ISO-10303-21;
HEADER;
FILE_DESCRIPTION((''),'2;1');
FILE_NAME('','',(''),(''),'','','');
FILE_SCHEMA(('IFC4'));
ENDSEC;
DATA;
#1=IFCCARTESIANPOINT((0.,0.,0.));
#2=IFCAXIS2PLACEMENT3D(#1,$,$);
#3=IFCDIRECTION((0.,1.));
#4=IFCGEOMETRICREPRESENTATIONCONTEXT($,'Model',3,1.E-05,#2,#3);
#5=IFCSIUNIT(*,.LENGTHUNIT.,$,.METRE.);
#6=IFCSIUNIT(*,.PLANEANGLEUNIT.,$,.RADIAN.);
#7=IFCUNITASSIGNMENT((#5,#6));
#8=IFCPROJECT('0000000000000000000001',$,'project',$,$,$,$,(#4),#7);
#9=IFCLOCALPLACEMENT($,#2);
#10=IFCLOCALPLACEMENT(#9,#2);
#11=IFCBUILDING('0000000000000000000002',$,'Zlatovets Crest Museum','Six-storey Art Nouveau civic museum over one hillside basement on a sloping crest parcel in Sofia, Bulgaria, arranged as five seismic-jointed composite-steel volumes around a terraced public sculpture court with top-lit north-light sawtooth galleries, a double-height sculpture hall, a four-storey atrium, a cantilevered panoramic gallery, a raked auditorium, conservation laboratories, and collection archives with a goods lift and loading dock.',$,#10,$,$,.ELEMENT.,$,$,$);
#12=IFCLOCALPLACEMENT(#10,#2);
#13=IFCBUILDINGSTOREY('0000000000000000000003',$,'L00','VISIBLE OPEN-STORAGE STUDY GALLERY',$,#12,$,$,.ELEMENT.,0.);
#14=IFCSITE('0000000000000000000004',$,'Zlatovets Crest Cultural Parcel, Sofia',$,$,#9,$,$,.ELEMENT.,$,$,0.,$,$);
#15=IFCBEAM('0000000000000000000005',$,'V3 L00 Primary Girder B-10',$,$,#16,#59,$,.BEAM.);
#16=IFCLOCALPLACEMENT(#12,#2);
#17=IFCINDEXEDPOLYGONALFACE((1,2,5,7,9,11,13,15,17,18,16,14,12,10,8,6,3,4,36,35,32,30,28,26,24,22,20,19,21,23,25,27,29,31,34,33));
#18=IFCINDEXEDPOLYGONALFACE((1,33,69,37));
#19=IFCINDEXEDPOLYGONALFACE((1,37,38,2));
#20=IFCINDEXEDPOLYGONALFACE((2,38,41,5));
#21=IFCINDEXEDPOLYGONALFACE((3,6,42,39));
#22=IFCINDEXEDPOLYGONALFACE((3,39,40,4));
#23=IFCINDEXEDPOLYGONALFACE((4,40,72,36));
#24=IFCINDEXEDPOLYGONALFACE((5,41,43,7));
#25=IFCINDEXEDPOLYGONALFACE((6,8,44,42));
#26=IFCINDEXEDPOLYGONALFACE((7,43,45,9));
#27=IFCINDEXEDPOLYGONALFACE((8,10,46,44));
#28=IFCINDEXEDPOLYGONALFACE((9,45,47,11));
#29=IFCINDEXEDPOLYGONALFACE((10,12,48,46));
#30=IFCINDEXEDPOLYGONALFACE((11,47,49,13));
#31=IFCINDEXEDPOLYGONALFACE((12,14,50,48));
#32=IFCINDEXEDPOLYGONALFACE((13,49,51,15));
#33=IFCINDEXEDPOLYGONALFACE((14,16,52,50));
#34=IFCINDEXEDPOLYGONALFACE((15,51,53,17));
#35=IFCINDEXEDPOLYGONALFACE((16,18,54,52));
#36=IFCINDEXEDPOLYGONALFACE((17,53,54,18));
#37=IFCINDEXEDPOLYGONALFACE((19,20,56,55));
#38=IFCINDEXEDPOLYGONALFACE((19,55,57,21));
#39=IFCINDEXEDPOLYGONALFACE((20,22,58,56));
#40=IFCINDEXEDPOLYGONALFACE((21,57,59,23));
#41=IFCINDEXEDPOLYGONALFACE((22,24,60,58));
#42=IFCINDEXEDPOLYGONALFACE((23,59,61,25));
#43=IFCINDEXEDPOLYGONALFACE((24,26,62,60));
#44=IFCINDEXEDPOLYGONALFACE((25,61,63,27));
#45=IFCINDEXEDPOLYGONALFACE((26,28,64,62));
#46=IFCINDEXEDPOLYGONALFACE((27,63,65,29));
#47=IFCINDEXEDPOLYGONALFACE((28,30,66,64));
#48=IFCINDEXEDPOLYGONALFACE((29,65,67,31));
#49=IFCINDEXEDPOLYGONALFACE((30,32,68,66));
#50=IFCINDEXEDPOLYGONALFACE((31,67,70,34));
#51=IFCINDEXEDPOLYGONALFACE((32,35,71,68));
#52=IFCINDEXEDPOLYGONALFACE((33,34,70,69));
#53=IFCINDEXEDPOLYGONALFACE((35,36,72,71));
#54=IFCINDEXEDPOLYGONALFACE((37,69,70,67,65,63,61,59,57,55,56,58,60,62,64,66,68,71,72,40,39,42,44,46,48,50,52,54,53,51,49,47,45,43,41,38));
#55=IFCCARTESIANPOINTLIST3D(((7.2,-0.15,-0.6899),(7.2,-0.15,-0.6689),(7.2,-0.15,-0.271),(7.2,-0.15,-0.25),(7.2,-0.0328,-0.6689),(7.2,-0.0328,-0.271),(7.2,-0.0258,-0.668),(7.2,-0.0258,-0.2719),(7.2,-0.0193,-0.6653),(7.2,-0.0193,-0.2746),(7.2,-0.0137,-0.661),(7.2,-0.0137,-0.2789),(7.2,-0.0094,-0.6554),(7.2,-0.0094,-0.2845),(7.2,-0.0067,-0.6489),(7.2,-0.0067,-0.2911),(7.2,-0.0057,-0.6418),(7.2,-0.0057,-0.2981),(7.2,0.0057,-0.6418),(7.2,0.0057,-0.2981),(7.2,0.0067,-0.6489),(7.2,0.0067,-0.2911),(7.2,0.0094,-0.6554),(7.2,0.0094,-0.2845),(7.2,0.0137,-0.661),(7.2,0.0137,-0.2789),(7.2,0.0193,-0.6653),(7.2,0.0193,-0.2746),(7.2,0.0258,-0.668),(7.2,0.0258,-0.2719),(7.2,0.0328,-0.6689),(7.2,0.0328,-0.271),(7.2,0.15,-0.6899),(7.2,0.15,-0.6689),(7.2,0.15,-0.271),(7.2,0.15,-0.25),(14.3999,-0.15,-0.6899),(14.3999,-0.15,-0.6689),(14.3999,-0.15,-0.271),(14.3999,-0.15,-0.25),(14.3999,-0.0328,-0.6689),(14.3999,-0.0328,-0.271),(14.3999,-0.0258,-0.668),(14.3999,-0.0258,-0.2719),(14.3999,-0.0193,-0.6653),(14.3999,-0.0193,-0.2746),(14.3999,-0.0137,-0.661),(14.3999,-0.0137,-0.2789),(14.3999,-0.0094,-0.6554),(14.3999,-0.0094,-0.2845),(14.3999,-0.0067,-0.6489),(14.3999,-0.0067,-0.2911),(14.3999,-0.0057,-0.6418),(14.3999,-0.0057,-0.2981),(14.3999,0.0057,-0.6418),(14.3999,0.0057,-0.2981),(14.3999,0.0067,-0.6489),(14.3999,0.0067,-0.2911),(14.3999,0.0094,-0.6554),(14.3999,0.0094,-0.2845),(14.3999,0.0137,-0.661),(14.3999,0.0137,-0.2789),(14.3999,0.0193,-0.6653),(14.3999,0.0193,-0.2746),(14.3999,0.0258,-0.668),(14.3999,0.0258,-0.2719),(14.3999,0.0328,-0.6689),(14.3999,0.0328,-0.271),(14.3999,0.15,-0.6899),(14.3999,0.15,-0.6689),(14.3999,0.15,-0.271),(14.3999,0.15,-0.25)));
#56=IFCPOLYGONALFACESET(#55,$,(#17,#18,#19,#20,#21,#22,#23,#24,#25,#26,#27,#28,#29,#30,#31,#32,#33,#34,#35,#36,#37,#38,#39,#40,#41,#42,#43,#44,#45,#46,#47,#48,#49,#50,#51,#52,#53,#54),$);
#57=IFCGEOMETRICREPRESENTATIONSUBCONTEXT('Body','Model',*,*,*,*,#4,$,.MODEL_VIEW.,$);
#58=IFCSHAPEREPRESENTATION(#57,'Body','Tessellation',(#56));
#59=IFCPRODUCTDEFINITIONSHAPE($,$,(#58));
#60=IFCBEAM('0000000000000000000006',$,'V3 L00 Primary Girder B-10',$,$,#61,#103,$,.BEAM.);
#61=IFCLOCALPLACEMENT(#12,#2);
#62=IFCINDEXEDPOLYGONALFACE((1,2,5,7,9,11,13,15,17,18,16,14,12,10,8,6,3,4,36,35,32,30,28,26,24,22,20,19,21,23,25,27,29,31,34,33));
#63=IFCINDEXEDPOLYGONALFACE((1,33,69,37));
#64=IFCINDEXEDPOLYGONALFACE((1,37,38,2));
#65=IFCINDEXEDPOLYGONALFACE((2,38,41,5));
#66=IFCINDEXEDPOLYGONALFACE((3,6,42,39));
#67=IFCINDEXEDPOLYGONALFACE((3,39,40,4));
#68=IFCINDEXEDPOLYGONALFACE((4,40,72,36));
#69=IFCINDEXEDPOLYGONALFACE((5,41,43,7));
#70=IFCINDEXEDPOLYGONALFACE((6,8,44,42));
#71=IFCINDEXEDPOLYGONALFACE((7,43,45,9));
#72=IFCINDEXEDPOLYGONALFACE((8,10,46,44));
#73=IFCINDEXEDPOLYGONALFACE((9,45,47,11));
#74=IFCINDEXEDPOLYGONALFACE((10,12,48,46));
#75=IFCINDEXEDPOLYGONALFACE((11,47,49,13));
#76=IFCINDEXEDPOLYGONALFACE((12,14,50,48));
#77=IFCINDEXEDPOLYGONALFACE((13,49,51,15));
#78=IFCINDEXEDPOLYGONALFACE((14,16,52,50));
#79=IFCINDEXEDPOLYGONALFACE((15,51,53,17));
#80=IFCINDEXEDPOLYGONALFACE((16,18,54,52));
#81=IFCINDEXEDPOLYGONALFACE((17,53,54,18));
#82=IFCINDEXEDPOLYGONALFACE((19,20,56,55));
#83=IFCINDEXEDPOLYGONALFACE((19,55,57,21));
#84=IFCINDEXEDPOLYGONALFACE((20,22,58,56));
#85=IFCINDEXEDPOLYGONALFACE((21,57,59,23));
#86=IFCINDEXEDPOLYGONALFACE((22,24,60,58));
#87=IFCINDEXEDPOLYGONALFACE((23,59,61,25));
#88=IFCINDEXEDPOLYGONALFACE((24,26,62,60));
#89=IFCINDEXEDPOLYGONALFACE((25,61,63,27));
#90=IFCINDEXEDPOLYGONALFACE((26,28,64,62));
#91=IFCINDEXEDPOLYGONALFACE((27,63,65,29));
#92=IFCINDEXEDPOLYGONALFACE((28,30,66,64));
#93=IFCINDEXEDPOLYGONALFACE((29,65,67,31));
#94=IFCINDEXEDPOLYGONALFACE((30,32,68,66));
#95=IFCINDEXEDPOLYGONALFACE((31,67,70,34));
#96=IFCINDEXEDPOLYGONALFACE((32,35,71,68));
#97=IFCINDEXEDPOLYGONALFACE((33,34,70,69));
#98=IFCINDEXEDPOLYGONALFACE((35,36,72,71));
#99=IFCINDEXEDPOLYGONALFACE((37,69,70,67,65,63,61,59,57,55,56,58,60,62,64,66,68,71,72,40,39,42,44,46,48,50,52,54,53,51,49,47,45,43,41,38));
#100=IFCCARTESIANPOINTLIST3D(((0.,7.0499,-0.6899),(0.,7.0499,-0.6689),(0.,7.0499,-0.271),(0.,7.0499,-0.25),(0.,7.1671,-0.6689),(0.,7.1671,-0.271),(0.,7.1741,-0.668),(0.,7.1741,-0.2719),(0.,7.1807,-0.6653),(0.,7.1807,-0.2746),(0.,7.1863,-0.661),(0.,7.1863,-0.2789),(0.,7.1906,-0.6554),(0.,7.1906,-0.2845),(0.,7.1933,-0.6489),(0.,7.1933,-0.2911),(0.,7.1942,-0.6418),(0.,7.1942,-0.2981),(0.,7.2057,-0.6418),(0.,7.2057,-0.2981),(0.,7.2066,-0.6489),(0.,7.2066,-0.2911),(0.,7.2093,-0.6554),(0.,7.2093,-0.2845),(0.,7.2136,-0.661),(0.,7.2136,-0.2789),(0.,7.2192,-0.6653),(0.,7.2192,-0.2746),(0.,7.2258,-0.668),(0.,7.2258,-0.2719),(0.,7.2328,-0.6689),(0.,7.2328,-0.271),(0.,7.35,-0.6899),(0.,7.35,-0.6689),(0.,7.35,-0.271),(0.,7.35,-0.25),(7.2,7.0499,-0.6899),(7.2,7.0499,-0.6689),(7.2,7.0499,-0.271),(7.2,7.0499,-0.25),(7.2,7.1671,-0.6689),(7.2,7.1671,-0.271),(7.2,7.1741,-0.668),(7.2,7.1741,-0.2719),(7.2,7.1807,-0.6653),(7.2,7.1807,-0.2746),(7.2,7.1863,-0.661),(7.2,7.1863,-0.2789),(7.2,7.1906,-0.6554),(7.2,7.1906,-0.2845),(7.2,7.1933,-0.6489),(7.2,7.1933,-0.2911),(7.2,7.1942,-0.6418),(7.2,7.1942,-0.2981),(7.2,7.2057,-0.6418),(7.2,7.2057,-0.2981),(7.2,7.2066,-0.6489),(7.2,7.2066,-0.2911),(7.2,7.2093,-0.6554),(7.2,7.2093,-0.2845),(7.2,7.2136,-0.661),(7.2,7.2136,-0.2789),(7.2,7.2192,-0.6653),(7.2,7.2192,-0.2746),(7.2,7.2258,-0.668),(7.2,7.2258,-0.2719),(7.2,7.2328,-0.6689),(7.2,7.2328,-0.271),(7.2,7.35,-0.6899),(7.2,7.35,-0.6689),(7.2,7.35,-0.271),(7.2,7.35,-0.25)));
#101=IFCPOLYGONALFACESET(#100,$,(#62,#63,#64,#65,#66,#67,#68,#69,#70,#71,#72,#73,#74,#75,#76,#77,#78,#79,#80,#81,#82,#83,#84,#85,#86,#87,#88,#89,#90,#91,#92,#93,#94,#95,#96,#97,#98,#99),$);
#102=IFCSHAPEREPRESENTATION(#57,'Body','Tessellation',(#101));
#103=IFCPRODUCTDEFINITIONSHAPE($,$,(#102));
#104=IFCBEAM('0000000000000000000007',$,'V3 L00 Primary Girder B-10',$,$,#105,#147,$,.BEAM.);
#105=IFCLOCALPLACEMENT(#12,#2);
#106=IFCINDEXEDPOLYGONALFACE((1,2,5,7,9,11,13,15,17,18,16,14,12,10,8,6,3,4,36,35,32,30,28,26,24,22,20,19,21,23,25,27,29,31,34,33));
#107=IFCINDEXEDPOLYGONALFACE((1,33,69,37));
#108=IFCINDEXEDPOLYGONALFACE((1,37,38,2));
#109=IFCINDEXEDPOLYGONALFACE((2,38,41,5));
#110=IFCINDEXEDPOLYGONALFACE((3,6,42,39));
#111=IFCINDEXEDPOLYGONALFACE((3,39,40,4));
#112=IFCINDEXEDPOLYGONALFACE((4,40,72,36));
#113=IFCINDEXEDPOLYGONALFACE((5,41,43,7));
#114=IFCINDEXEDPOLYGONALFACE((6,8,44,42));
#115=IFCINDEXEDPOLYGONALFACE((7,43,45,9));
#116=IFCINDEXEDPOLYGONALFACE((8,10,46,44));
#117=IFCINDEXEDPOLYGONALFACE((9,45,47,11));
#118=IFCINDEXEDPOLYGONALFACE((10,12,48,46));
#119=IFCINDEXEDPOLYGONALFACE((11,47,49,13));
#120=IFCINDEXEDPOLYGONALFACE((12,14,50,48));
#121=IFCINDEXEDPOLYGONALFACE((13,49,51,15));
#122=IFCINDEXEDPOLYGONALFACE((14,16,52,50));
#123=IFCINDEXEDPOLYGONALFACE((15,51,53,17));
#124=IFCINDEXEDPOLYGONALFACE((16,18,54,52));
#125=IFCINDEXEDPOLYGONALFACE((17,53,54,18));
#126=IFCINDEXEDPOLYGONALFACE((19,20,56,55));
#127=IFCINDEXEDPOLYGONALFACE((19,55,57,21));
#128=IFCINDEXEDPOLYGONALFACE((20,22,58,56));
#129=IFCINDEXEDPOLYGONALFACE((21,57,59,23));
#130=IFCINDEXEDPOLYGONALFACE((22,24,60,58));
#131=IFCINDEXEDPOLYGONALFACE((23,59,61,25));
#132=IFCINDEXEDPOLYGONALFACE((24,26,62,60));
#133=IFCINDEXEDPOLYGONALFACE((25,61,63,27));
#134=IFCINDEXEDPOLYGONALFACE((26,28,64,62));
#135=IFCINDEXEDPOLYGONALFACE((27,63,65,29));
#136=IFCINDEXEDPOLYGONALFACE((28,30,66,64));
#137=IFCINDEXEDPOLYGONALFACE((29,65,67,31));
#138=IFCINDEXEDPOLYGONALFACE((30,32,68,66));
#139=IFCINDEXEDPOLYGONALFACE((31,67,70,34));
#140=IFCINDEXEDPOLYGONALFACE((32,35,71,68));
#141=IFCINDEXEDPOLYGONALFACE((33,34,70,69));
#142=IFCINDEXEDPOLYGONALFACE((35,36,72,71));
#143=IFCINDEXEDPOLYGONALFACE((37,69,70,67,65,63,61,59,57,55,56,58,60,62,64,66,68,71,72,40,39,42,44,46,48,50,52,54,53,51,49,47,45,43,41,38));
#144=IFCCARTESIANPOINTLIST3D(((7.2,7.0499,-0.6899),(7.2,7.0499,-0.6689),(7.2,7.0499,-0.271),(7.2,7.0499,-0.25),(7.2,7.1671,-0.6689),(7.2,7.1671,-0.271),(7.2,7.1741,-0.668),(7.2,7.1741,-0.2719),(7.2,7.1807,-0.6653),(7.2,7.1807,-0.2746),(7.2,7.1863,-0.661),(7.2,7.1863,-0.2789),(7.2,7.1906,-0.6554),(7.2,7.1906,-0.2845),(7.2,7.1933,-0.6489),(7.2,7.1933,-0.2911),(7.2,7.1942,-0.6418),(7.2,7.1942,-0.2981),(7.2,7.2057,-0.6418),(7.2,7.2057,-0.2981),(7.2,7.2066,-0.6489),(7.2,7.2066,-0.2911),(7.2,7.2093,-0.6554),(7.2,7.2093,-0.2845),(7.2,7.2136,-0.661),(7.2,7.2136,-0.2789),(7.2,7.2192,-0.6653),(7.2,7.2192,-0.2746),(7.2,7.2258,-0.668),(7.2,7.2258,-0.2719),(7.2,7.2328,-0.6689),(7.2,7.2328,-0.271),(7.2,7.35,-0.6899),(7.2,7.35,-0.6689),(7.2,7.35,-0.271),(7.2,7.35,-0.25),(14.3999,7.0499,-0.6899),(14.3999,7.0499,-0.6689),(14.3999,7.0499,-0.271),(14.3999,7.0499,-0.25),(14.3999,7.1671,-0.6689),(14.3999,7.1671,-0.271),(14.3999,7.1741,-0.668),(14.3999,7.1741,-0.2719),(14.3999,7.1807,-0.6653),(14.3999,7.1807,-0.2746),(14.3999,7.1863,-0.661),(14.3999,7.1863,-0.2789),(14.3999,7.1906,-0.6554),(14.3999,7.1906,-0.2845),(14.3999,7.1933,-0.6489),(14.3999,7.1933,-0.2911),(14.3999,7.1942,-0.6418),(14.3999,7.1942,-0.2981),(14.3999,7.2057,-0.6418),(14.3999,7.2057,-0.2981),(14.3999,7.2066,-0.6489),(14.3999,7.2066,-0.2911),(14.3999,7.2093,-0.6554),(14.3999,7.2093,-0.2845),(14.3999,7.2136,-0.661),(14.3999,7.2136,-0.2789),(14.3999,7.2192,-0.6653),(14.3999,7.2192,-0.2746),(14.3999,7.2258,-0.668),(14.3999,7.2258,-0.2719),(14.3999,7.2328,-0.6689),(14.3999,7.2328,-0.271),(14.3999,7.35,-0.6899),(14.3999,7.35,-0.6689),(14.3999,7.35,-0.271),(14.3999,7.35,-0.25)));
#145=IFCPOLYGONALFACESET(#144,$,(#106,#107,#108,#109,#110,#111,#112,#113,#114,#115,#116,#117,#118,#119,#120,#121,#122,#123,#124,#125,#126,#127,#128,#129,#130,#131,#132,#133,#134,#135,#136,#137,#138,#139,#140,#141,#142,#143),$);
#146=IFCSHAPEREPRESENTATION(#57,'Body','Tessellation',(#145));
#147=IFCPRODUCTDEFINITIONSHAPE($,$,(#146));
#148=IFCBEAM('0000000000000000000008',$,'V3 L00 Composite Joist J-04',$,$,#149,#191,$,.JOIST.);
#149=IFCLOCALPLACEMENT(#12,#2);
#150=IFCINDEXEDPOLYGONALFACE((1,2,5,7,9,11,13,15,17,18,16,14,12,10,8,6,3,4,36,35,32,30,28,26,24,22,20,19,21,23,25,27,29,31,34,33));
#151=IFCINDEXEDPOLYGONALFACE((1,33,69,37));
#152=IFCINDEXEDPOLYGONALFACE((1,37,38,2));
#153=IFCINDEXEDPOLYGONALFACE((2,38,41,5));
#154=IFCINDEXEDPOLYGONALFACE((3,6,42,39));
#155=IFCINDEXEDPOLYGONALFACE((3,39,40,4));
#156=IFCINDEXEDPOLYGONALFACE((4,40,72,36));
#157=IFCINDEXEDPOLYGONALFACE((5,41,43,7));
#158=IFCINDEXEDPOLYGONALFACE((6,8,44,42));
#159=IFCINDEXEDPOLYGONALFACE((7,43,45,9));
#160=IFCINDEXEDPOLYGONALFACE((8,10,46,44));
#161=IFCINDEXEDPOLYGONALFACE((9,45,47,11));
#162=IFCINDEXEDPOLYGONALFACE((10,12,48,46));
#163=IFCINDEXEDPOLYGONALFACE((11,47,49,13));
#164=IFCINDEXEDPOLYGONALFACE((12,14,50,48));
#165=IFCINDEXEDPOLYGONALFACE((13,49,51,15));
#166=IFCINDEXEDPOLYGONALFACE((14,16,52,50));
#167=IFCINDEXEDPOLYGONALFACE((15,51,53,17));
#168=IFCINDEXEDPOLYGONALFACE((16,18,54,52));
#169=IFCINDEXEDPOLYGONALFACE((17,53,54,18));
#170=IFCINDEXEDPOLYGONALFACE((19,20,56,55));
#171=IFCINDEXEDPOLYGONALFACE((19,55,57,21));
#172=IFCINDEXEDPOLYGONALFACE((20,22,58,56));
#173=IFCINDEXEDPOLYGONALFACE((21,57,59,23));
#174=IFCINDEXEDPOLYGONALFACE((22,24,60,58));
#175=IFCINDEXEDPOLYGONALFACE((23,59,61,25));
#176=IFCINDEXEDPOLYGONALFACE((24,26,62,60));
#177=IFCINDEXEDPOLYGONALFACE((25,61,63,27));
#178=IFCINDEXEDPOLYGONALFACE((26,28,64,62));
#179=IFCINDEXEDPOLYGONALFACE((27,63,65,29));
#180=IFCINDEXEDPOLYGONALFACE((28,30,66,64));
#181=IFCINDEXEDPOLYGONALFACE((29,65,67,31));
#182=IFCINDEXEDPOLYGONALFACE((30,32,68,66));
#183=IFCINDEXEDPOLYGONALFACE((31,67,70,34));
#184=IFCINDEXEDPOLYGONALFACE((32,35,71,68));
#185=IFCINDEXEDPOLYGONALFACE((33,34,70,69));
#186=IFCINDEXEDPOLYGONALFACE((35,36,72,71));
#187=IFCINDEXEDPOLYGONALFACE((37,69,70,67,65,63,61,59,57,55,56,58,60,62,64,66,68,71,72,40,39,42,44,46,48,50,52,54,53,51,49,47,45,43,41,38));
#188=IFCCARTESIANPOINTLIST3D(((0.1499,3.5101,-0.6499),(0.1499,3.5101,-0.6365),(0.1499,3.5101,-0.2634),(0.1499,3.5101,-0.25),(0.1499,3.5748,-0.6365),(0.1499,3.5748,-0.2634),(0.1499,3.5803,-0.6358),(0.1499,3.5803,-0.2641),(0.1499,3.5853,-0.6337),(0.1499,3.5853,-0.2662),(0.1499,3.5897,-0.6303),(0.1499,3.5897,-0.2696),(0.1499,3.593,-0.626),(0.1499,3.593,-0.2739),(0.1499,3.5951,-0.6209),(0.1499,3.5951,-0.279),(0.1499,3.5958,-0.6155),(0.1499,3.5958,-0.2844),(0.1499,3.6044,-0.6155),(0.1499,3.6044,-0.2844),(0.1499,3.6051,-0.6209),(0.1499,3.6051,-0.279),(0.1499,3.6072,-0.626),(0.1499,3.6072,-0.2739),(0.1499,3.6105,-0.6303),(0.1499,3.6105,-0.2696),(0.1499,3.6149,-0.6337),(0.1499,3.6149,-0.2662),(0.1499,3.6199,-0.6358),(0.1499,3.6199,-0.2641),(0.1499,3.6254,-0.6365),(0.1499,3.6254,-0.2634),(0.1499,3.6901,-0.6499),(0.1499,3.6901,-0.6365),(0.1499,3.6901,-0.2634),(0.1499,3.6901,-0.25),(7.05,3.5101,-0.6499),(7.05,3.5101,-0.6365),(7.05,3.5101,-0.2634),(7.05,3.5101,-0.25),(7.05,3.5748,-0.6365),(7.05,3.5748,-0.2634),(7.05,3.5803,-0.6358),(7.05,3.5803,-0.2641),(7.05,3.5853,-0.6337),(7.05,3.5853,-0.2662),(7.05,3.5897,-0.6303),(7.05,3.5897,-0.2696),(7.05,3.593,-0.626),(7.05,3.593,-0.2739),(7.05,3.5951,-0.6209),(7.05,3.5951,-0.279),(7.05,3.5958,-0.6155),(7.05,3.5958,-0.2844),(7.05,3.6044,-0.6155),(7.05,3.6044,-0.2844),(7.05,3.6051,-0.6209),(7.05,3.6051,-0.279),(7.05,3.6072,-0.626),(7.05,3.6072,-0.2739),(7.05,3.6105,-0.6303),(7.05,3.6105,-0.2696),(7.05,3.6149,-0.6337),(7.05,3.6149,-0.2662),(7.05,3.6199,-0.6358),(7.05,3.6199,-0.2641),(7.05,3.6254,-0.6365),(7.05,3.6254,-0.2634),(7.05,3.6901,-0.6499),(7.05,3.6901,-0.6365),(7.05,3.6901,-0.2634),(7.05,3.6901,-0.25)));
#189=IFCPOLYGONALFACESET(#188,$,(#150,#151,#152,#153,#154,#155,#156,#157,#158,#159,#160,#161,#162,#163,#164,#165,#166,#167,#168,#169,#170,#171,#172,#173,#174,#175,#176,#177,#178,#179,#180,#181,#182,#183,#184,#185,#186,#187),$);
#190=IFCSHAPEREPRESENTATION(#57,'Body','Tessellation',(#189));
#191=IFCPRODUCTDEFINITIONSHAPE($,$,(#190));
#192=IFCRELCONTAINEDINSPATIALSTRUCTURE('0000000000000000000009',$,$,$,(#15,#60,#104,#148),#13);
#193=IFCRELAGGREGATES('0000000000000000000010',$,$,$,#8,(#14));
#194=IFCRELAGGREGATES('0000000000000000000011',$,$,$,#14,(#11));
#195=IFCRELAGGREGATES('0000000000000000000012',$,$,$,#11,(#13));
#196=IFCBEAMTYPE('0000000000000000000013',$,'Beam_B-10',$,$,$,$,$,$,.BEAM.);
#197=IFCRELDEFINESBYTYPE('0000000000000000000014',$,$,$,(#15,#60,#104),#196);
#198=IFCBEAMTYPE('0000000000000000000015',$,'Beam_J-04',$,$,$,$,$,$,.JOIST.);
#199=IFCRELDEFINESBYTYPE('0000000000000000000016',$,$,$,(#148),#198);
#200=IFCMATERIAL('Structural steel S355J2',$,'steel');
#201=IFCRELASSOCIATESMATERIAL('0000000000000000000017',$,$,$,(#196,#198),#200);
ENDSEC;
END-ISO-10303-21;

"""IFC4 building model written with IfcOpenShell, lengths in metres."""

from ifc_helpers import new_model, si_unit, direction, frame, origin, origin_2d, place, context, subcontext, project, spatial, i_section, extrude, material, material_profile, profile_set, type_object, element, save


model = new_model("IFC4")

# Units and contexts
model_context = context("Model", 3, precision=1e-05, world=origin(), true_north=direction((0.0, 1.0)))
body_context = subcontext(model_context, "Body", "Model", "MODEL_VIEW")
ifc_project = project(units=[si_unit("LENGTHUNIT", "METRE"), si_unit("PLANEANGLEUNIT", "RADIAN")], contexts=[model_context])

# Site, building, storey
site_placement = place(None, origin())
site = spatial("IfcSite", under=ifc_project, at=site_placement, Name="Zlatovets Crest Cultural Parcel, Sofia", CompositionType="ELEMENT", RefElevation=0.0)
building_placement = place(site_placement, origin())
building = spatial("IfcBuilding", under=site, at=building_placement, Name="Zlatovets Crest Museum", Description="Six-storey Art Nouveau civic museum over one hillside basement on a sloping crest parcel in Sofia, Bulgaria, arranged as five seismic-jointed composite-steel volumes around a terraced public sculpture court with top-lit north-light sawtooth galleries, a double-height sculpture hall, a four-storey atrium, a cantilevered panoramic gallery, a raked auditorium, conservation laboratories, and collection archives with a goods lift and loading dock.", CompositionType="ELEMENT")
storey_placement = place(building_placement, origin())
storey = spatial("IfcBuildingStorey", under=building, at=storey_placement, Name="L00", Description="VISIBLE OPEN-STORAGE STUDY GALLERY", CompositionType="ELEMENT", Elevation=0.0)

# Shared definitions
ifc_material_1 = material(Name="Structural steel S355J2", Category="steel")

# Beams
ifc_material_profile_1 = material_profile(ifc_material_1, i_section(OverallWidth=0.3, OverallDepth=0.4399, WebThickness=0.0115, FlangeThickness=0.021, FilletRadius=0.0271, at=origin_2d()), Name="HEA 450")
ifc_profile_set_1 = profile_set([ifc_material_profile_1], Name="Structural steel S355J2")
beam_type_1 = type_object("IfcBeamType", Name="Beam_B-10", PredefinedType="BEAM", material=ifc_profile_set_1)
for number, where, z_axis, x_axis, name in (
    (1, (7.2, 0.0, -0.47), (1.0, 0.0, 0.0), (0.0, 1.0, 0.0), "V3 L00 Primary Girder B-10"),
    (2, (0.0, 7.2, -0.47), (1.0, 0.0, 0.0), (0.0, 1.0, 0.0), "V3 L00 Primary Girder B-10"),
    (3, (7.2, 7.2, -0.47), (1.0, 0.0, 0.0), (0.0, 1.0, 0.0), "V3 L00 Primary Girder B-10"),
):
    element("IfcBeam", number, at=place(storey_placement, frame(where, z_axis=z_axis, x_axis=x_axis)), inside=storey, type_object=beam_type_1, Name=name, PredefinedType="BEAM", context=body_context, shape_type="SweptSolid", body=[
        extrude(i_section(OverallWidth=0.3, OverallDepth=0.4399, WebThickness=0.0115, FlangeThickness=0.021, FilletRadius=0.0271, at=origin_2d()), origin(), (0.0, 0.0, 1.0), 7.2),
    ])
ifc_material_profile_2 = material_profile(ifc_material_1, i_section(OverallWidth=0.1799, OverallDepth=0.3999, WebThickness=0.0085, FlangeThickness=0.0134, FilletRadius=0.021, at=origin_2d()), Name="IPE 400")
ifc_profile_set_2 = profile_set([ifc_material_profile_2], Name="Structural steel S355J2")
beam_type_2 = type_object("IfcBeamType", Name="Beam_J-04", PredefinedType="JOIST", material=ifc_profile_set_2)
beam_1_placement = place(storey_placement, frame((0.1499, 3.6001, -0.45), z_axis=(1.0, 0.0, 0.0), x_axis=(0.0, 1.0, 0.0)))
element("IfcBeam", 4, at=beam_1_placement, inside=storey, type_object=beam_type_2, Name="V3 L00 Composite Joist J-04", PredefinedType="JOIST", context=body_context, shape_type="SweptSolid", body=[
    extrude(i_section(OverallWidth=0.1799, OverallDepth=0.3999, WebThickness=0.0085, FlangeThickness=0.0134, FilletRadius=0.021, at=origin_2d()), origin(), (0.0, 0.0, 1.0), 6.9001),
])

save(model, "model.ifc")
